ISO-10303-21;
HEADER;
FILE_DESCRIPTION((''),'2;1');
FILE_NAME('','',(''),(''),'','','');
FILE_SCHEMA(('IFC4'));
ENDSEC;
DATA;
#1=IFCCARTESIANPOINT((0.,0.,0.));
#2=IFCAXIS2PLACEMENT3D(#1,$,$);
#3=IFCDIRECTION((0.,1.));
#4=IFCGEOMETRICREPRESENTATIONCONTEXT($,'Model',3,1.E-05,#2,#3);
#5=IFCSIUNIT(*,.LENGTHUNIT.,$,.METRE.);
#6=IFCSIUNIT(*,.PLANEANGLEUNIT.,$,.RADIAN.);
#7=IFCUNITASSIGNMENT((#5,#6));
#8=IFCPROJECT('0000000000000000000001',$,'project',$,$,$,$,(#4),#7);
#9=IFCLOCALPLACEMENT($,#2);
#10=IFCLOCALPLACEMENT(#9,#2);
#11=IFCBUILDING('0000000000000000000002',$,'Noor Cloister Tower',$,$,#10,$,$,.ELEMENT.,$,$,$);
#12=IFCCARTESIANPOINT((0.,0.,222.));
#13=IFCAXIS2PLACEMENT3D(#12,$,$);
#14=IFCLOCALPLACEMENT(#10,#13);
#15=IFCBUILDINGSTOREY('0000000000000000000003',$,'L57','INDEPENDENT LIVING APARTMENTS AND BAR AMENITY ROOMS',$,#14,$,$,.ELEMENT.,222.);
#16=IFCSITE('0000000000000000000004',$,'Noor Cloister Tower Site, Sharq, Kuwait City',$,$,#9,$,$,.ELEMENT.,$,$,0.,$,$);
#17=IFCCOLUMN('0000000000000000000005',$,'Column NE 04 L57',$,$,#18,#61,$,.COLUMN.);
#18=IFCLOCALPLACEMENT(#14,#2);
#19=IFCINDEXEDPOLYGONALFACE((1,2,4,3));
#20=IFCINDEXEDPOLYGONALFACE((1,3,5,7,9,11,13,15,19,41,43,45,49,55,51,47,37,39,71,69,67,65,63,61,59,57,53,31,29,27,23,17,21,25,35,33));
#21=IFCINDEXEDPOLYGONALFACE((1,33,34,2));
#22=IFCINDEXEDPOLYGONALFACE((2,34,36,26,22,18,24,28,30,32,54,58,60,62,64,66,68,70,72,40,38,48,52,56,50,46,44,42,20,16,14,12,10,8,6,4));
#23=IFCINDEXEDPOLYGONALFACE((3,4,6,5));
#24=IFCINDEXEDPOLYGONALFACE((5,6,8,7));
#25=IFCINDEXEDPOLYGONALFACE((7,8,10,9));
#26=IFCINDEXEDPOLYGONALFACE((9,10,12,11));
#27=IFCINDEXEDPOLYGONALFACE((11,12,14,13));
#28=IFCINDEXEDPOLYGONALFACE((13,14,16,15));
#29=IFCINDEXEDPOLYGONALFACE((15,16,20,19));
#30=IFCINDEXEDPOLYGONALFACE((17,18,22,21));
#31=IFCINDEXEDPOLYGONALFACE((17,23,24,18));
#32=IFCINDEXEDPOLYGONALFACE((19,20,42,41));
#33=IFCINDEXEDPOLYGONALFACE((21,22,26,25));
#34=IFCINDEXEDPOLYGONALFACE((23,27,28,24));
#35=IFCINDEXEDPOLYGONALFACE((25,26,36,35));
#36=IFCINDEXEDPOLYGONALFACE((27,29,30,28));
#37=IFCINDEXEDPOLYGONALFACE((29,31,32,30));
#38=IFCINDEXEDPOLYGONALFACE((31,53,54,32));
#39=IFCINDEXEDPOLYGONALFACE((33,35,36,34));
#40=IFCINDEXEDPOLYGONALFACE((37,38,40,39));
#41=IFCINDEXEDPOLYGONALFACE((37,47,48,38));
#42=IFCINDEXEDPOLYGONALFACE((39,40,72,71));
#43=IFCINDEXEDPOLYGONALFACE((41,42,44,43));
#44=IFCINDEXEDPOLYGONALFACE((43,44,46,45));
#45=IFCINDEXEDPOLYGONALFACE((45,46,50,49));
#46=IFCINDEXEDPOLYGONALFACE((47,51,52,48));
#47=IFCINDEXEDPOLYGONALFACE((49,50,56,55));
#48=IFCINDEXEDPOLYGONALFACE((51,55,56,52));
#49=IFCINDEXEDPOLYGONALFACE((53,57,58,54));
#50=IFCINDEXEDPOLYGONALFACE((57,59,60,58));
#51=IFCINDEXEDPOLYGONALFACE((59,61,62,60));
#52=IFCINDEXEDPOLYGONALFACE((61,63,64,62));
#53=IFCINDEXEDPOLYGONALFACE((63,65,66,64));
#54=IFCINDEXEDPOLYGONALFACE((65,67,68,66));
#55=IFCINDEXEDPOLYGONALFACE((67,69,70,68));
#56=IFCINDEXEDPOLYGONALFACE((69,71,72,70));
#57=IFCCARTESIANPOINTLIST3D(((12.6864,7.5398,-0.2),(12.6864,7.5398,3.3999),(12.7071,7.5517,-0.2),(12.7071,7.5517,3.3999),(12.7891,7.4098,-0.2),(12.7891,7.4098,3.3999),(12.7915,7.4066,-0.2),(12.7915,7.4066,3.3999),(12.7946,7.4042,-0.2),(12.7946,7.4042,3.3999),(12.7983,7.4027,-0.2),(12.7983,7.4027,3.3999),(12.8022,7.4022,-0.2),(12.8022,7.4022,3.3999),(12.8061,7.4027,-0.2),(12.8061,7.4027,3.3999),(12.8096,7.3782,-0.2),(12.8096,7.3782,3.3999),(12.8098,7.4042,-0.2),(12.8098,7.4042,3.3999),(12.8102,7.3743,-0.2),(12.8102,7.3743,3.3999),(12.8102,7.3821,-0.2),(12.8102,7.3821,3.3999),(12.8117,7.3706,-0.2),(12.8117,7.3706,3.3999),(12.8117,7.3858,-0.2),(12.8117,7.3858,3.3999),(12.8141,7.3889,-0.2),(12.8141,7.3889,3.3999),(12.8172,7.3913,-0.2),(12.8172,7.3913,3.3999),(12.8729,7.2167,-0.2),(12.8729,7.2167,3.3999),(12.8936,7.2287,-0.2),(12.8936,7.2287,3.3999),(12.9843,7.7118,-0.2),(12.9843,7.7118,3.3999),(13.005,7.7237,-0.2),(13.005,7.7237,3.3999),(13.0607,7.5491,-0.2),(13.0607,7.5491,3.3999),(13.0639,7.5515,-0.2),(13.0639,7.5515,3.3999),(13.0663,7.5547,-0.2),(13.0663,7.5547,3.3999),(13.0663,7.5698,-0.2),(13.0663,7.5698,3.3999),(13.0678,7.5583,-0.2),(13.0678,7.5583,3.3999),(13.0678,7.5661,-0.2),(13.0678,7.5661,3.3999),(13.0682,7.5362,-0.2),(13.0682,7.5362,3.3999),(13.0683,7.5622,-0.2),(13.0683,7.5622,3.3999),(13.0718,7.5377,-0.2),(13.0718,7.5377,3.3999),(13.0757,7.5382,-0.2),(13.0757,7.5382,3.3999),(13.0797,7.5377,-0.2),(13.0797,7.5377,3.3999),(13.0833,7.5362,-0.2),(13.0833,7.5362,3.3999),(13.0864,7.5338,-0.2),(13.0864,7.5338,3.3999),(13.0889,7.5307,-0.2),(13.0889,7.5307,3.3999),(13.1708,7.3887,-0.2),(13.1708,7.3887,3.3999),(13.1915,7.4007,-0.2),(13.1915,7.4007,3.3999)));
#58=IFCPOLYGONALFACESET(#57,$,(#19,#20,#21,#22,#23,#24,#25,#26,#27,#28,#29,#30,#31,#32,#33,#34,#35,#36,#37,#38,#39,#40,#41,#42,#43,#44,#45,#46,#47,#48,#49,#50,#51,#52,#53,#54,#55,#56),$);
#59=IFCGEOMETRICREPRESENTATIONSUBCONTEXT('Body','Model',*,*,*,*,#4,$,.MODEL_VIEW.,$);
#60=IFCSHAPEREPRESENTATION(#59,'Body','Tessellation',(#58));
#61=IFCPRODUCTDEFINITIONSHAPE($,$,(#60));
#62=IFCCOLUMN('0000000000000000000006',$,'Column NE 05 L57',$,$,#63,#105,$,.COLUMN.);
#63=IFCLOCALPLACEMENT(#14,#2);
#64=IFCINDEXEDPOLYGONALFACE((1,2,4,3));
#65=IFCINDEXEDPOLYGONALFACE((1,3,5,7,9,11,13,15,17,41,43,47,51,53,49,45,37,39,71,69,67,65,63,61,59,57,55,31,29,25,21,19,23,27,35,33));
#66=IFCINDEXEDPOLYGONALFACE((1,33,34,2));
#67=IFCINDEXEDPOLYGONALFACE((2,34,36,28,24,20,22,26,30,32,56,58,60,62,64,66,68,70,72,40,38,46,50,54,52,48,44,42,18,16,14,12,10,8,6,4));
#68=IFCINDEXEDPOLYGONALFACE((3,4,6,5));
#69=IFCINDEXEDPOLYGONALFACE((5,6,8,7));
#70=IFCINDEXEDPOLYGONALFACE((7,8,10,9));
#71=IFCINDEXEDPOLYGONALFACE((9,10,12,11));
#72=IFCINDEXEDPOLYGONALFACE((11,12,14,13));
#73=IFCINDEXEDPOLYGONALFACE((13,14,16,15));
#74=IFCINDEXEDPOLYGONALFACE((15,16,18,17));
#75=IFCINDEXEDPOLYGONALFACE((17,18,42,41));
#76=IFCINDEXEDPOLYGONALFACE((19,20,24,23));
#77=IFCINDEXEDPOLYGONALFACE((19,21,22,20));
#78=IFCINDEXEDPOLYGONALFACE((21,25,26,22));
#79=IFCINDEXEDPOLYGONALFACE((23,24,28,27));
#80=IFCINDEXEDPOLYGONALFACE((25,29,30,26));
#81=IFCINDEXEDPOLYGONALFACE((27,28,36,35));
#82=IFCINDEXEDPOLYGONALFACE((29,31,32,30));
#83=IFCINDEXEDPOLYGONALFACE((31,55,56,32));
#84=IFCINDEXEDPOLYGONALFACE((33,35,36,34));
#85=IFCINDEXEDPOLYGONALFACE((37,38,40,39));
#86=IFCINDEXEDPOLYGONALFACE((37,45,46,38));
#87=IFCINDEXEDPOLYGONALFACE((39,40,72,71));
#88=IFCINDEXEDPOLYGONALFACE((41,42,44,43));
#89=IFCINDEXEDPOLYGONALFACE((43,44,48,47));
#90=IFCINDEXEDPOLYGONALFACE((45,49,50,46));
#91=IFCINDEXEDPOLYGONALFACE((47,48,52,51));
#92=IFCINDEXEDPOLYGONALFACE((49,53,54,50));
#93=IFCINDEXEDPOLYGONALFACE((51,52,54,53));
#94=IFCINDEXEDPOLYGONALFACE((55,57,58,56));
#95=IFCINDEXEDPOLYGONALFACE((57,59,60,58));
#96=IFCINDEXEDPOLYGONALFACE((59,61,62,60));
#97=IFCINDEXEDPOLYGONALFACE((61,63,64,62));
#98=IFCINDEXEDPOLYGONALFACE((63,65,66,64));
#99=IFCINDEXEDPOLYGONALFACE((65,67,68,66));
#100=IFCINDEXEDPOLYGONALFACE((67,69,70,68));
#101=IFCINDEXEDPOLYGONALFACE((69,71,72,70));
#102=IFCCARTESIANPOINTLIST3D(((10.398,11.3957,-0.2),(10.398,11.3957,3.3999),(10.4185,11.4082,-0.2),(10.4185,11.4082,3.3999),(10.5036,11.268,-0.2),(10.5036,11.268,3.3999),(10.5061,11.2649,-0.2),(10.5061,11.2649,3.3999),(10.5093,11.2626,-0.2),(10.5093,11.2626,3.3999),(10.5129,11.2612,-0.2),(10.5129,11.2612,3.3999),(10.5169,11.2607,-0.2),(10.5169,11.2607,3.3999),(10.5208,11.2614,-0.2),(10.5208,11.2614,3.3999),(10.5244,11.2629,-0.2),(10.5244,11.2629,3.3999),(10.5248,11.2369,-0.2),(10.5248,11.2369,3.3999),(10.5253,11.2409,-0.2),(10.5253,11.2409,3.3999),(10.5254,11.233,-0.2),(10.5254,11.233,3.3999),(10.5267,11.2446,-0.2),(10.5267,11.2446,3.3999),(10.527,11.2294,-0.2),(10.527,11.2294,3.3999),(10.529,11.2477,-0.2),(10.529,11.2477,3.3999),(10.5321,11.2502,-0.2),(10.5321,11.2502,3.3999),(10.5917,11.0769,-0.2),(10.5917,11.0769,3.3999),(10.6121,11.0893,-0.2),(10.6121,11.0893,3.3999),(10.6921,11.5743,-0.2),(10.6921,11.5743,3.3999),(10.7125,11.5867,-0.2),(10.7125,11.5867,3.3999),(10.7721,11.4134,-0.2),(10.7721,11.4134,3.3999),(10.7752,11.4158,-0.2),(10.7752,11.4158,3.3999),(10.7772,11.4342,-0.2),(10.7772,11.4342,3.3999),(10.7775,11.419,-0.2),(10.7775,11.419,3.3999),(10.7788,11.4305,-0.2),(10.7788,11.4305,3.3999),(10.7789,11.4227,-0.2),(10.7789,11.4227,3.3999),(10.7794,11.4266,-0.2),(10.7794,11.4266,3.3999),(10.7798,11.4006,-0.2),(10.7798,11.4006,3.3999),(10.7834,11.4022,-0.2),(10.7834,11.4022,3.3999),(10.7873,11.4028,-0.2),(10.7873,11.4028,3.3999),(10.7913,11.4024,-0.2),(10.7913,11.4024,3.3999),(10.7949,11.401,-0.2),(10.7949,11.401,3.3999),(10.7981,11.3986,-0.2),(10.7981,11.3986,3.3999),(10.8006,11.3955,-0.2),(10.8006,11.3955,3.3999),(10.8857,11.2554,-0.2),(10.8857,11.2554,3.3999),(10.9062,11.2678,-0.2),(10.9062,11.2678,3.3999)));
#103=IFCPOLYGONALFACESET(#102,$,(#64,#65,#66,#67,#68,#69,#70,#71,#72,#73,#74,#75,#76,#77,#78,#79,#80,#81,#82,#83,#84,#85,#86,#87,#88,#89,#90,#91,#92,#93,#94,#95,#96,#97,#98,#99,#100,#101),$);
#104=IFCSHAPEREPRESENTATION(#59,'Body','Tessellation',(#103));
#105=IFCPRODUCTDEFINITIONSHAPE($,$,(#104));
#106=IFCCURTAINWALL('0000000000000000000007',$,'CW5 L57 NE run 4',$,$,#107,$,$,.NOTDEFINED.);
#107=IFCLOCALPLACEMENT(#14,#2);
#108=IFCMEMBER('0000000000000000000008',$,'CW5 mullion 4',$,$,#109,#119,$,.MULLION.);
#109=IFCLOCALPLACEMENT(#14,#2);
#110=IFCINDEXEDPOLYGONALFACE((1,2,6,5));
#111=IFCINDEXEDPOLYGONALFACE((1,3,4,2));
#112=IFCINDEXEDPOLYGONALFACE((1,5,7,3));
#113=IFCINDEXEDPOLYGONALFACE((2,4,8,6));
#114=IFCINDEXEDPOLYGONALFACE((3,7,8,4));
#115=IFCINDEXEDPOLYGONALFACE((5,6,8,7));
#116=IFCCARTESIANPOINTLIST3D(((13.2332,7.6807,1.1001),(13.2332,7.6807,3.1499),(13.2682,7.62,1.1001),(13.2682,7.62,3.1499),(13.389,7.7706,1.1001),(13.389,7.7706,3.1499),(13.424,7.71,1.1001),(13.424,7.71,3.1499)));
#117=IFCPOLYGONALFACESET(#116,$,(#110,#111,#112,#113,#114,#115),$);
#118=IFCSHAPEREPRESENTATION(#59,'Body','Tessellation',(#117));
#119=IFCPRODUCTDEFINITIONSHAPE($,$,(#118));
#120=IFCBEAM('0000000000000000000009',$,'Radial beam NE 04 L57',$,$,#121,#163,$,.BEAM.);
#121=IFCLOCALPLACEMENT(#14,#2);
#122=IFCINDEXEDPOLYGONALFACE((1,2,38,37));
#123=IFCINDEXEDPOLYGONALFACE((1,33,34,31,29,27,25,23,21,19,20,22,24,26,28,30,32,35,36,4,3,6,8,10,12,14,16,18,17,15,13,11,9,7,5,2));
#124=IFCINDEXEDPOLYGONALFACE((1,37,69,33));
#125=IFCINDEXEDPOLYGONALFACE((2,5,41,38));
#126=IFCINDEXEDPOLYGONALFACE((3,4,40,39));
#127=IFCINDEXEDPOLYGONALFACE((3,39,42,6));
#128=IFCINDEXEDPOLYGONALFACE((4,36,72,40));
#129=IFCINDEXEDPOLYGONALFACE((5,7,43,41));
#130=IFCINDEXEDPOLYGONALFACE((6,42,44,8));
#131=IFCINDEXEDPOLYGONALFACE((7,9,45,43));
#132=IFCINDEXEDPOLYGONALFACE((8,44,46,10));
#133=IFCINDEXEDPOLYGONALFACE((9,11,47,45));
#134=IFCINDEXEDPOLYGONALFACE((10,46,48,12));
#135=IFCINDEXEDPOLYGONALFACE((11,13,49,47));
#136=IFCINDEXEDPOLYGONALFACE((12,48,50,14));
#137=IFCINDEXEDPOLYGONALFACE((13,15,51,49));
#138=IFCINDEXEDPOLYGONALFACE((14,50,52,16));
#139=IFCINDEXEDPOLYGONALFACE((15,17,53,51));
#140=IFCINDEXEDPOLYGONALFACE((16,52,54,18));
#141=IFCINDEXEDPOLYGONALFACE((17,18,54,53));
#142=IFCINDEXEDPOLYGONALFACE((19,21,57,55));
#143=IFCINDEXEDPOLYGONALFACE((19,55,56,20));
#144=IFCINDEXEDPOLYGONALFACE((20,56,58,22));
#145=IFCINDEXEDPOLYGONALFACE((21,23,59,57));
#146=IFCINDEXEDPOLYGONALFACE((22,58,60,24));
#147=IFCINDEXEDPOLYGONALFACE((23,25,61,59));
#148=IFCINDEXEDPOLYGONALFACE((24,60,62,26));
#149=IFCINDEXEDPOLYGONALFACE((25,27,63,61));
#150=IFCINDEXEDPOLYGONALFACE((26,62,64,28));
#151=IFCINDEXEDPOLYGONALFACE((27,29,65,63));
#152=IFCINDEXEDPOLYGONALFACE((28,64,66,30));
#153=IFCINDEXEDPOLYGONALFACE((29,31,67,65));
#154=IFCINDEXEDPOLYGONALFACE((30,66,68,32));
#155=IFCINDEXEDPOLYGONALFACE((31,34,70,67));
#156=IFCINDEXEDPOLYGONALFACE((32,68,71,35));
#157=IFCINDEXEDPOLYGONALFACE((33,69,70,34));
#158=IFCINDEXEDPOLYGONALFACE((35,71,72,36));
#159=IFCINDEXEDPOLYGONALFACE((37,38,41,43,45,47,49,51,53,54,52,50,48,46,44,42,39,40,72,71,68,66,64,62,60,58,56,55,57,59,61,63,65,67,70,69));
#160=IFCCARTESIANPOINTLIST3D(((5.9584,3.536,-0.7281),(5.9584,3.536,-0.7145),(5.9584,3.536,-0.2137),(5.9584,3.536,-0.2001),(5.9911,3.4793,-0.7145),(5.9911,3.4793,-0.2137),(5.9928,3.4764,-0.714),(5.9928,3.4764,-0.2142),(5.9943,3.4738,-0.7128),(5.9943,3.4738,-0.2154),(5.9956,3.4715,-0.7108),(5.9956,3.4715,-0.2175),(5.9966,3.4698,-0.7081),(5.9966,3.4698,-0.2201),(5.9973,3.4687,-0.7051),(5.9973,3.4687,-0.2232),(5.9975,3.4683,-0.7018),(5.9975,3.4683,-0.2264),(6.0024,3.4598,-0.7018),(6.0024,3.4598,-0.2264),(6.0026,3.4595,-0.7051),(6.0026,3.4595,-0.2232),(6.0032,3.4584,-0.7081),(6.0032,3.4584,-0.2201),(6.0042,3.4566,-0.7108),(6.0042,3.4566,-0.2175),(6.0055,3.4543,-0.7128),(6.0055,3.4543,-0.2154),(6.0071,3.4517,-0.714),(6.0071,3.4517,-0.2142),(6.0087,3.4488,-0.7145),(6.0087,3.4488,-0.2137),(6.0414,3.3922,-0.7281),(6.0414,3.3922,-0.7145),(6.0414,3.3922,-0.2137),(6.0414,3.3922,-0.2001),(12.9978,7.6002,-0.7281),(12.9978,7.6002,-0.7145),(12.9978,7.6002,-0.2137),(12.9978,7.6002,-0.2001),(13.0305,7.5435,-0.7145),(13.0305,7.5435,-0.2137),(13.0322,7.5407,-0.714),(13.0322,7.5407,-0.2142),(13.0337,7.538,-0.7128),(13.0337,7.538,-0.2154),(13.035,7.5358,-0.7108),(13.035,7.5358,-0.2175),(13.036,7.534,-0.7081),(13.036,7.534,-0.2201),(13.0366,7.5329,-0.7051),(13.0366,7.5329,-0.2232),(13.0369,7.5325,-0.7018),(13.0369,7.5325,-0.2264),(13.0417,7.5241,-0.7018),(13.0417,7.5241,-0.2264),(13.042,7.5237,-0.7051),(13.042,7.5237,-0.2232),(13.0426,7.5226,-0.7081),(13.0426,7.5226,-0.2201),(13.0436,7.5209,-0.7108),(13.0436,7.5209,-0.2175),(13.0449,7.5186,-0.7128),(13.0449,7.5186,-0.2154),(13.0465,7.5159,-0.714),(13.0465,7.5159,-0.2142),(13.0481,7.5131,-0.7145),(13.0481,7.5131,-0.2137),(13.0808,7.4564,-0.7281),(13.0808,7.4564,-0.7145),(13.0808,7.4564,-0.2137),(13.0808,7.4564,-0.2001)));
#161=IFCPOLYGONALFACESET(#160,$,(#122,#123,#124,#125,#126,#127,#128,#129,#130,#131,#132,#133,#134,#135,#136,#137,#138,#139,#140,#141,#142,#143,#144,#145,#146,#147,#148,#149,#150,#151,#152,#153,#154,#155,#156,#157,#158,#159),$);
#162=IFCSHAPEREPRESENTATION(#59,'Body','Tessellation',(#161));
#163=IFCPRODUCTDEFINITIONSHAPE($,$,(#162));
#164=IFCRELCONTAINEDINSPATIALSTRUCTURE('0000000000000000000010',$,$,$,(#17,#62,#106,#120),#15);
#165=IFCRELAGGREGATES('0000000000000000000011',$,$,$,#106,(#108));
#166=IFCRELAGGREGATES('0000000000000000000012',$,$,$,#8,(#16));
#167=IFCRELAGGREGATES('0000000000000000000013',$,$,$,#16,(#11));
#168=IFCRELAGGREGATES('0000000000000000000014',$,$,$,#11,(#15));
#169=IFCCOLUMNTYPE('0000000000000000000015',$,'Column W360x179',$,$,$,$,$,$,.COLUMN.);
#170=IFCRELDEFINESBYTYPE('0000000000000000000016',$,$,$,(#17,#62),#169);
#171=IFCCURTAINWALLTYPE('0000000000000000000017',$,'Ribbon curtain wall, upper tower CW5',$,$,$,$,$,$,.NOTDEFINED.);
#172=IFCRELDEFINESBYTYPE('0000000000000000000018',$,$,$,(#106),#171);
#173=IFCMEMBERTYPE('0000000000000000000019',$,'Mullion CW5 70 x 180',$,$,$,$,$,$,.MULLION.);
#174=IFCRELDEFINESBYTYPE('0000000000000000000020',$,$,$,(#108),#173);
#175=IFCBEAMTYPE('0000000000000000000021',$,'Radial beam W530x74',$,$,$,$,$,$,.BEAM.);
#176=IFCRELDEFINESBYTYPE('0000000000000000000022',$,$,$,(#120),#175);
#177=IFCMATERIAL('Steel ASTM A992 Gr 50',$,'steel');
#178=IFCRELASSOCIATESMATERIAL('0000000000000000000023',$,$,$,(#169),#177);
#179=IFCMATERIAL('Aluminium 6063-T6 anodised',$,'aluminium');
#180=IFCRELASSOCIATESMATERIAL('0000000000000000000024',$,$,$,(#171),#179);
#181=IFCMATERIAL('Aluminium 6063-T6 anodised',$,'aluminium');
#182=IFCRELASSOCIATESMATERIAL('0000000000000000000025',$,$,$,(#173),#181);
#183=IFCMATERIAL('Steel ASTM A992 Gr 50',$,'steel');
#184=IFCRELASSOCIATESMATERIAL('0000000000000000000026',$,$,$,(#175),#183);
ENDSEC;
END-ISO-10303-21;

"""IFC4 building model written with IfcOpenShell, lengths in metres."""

from ifc_helpers import new_model, si_unit, direction, frame, origin, origin_2d, place, context, subcontext, project, spatial, rectangle, i_section, extrude, material, material_profile, profile_set, type_object, element, aggregate, save


model = new_model("IFC4")

# Units and contexts
model_context = context("Model", 3, precision=1e-05, world=origin(), true_north=direction((0.0, 1.0)))
body_context = subcontext(model_context, "Body", "Model", "MODEL_VIEW")
ifc_project = project(units=[si_unit("LENGTHUNIT", "METRE"), si_unit("PLANEANGLEUNIT", "RADIAN")], contexts=[model_context])

# Site, building, storey
site_placement = place(None, origin())
site = spatial("IfcSite", under=ifc_project, at=site_placement, Name="Noor Cloister Tower Site, Sharq, Kuwait City", CompositionType="ELEMENT", RefElevation=0.0)
building_placement = place(site_placement, origin())
building = spatial("IfcBuilding", under=site, at=building_placement, Name="Noor Cloister Tower", CompositionType="ELEMENT")
storey_placement = place(building_placement, frame((0.0, 0.0, 222.0)))
storey = spatial("IfcBuildingStorey", under=building, at=storey_placement, Name="L57", Description="INDEPENDENT LIVING APARTMENTS AND BAR AMENITY ROOMS", CompositionType="ELEMENT", Elevation=222.0)

# Columns
ifc_material_1 = material(Name="Steel ASTM A992 Gr 50", Category="steel")
ifc_material_profile_1 = material_profile(ifc_material_1, i_section(OverallWidth=0.373, OverallDepth=0.3679, WebThickness=0.0149, FlangeThickness=0.0239, FilletRadius=0.0151, at=origin_2d()), Name="W360x179")
ifc_profile_set_1 = profile_set([ifc_material_profile_1], Name="Steel ASTM A992 Gr 50")
column_type = type_object("IfcColumnType", Name="Column W360x179", PredefinedType="COLUMN", material=ifc_profile_set_1)
for number, where, z_axis, x_axis, name in (
    (1, (12.939, 7.4702, -0.2), (0.0, 0.0, 1.0), (-0.5, 0.866025, 0.0), "Column NE 04 L57"),
    (2, (10.6521, 11.3318, -0.2), (0.0, 0.0, 1.0), (-0.519044, 0.854747, 0.0), "Column NE 05 L57"),
):
    element("IfcColumn", number, at=place(storey_placement, frame(where, z_axis=z_axis, x_axis=x_axis)), inside=storey, type_object=column_type, Name=name, PredefinedType="COLUMN", context=body_context, shape_type="SweptSolid", body=[
        extrude(i_section(OverallWidth=0.373, OverallDepth=0.3679, WebThickness=0.0149, FlangeThickness=0.0239, FilletRadius=0.0151, at=origin_2d()), origin(), (0.0, 0.0, 1.0), 3.5999),
    ])

# Curtain wall, member
ifc_material_2 = material(Name="Aluminium 6063-T6 anodised", Category="aluminium")
curtain_wall_type = type_object("IfcCurtainWallType", Name="Ribbon curtain wall, upper tower CW5", PredefinedType="NOTDEFINED", material=ifc_material_2)
curtain_wall_placement = place(storey_placement, origin())
curtain_wall = element("IfcCurtainWall", 3, at=curtain_wall_placement, inside=storey, type_object=curtain_wall_type, Name="CW5 L57 NE run 4", PredefinedType="NOTDEFINED")
ifc_material_3 = material(Name="Aluminium 6063-T6 anodised", Category="aluminium")
ifc_material_profile_2 = material_profile(ifc_material_3, rectangle(XDim=0.1799, YDim=0.0701, at=origin_2d()), Name="180 x 70 mullion")
ifc_profile_set_2 = profile_set([ifc_material_profile_2], Name="Aluminium 6063-T6 anodised")
member_type = type_object("IfcMemberType", Name="Mullion CW5 70 x 180", PredefinedType="MULLION", material=ifc_profile_set_2)
member_placement = place(storey_placement, frame((13.3286, 7.6953, 1.1001), z_axis=(0.0, 0.0, 1.0), x_axis=(-0.866025, -0.5, 0.0)))
member = element("IfcMember", 4, at=member_placement, type_object=member_type, Name="CW5 mullion 4", PredefinedType="MULLION", context=body_context, shape_type="SweptSolid", body=[
    extrude(rectangle(XDim=0.1799, YDim=0.0701, at=origin_2d()), origin(), (0.0, 0.0, 1.0), 2.0498),
])

# Beam
ifc_material_4 = material(Name="Steel ASTM A992 Gr 50", Category="steel")
ifc_material_profile_3 = material_profile(ifc_material_4, i_section(OverallWidth=0.166, OverallDepth=0.5281, WebThickness=0.0098, FlangeThickness=0.0137, FilletRadius=0.0127, at=origin_2d()), Name="W530x74")
ifc_profile_set_3 = profile_set([ifc_material_profile_3], Name="Steel ASTM A992 Gr 50")
beam_type_1 = type_object("IfcBeamType", Name="Radial beam W530x74", PredefinedType="BEAM", material=ifc_profile_set_3)
beam_1_placement = place(storey_placement, frame((13.0393, 7.5283, -0.4641), z_axis=(-0.866022, -0.500006, 0.0), x_axis=(0.500006, -0.866022, 0.0)))
element("IfcBeam", 5, at=beam_1_placement, inside=storey, type_object=beam_type_1, Name="Radial beam NE 04 L57", PredefinedType="BEAM", context=body_context, shape_type="SweptSolid", body=[
    extrude(i_section(OverallWidth=0.166, OverallDepth=0.5281, WebThickness=0.0098, FlangeThickness=0.0137, FilletRadius=0.0127, at=origin_2d()), origin(), (0.0, 0.0, 1.0), 8.1284),
])

aggregate(curtain_wall, [member])

save(model, "model.ifc")
